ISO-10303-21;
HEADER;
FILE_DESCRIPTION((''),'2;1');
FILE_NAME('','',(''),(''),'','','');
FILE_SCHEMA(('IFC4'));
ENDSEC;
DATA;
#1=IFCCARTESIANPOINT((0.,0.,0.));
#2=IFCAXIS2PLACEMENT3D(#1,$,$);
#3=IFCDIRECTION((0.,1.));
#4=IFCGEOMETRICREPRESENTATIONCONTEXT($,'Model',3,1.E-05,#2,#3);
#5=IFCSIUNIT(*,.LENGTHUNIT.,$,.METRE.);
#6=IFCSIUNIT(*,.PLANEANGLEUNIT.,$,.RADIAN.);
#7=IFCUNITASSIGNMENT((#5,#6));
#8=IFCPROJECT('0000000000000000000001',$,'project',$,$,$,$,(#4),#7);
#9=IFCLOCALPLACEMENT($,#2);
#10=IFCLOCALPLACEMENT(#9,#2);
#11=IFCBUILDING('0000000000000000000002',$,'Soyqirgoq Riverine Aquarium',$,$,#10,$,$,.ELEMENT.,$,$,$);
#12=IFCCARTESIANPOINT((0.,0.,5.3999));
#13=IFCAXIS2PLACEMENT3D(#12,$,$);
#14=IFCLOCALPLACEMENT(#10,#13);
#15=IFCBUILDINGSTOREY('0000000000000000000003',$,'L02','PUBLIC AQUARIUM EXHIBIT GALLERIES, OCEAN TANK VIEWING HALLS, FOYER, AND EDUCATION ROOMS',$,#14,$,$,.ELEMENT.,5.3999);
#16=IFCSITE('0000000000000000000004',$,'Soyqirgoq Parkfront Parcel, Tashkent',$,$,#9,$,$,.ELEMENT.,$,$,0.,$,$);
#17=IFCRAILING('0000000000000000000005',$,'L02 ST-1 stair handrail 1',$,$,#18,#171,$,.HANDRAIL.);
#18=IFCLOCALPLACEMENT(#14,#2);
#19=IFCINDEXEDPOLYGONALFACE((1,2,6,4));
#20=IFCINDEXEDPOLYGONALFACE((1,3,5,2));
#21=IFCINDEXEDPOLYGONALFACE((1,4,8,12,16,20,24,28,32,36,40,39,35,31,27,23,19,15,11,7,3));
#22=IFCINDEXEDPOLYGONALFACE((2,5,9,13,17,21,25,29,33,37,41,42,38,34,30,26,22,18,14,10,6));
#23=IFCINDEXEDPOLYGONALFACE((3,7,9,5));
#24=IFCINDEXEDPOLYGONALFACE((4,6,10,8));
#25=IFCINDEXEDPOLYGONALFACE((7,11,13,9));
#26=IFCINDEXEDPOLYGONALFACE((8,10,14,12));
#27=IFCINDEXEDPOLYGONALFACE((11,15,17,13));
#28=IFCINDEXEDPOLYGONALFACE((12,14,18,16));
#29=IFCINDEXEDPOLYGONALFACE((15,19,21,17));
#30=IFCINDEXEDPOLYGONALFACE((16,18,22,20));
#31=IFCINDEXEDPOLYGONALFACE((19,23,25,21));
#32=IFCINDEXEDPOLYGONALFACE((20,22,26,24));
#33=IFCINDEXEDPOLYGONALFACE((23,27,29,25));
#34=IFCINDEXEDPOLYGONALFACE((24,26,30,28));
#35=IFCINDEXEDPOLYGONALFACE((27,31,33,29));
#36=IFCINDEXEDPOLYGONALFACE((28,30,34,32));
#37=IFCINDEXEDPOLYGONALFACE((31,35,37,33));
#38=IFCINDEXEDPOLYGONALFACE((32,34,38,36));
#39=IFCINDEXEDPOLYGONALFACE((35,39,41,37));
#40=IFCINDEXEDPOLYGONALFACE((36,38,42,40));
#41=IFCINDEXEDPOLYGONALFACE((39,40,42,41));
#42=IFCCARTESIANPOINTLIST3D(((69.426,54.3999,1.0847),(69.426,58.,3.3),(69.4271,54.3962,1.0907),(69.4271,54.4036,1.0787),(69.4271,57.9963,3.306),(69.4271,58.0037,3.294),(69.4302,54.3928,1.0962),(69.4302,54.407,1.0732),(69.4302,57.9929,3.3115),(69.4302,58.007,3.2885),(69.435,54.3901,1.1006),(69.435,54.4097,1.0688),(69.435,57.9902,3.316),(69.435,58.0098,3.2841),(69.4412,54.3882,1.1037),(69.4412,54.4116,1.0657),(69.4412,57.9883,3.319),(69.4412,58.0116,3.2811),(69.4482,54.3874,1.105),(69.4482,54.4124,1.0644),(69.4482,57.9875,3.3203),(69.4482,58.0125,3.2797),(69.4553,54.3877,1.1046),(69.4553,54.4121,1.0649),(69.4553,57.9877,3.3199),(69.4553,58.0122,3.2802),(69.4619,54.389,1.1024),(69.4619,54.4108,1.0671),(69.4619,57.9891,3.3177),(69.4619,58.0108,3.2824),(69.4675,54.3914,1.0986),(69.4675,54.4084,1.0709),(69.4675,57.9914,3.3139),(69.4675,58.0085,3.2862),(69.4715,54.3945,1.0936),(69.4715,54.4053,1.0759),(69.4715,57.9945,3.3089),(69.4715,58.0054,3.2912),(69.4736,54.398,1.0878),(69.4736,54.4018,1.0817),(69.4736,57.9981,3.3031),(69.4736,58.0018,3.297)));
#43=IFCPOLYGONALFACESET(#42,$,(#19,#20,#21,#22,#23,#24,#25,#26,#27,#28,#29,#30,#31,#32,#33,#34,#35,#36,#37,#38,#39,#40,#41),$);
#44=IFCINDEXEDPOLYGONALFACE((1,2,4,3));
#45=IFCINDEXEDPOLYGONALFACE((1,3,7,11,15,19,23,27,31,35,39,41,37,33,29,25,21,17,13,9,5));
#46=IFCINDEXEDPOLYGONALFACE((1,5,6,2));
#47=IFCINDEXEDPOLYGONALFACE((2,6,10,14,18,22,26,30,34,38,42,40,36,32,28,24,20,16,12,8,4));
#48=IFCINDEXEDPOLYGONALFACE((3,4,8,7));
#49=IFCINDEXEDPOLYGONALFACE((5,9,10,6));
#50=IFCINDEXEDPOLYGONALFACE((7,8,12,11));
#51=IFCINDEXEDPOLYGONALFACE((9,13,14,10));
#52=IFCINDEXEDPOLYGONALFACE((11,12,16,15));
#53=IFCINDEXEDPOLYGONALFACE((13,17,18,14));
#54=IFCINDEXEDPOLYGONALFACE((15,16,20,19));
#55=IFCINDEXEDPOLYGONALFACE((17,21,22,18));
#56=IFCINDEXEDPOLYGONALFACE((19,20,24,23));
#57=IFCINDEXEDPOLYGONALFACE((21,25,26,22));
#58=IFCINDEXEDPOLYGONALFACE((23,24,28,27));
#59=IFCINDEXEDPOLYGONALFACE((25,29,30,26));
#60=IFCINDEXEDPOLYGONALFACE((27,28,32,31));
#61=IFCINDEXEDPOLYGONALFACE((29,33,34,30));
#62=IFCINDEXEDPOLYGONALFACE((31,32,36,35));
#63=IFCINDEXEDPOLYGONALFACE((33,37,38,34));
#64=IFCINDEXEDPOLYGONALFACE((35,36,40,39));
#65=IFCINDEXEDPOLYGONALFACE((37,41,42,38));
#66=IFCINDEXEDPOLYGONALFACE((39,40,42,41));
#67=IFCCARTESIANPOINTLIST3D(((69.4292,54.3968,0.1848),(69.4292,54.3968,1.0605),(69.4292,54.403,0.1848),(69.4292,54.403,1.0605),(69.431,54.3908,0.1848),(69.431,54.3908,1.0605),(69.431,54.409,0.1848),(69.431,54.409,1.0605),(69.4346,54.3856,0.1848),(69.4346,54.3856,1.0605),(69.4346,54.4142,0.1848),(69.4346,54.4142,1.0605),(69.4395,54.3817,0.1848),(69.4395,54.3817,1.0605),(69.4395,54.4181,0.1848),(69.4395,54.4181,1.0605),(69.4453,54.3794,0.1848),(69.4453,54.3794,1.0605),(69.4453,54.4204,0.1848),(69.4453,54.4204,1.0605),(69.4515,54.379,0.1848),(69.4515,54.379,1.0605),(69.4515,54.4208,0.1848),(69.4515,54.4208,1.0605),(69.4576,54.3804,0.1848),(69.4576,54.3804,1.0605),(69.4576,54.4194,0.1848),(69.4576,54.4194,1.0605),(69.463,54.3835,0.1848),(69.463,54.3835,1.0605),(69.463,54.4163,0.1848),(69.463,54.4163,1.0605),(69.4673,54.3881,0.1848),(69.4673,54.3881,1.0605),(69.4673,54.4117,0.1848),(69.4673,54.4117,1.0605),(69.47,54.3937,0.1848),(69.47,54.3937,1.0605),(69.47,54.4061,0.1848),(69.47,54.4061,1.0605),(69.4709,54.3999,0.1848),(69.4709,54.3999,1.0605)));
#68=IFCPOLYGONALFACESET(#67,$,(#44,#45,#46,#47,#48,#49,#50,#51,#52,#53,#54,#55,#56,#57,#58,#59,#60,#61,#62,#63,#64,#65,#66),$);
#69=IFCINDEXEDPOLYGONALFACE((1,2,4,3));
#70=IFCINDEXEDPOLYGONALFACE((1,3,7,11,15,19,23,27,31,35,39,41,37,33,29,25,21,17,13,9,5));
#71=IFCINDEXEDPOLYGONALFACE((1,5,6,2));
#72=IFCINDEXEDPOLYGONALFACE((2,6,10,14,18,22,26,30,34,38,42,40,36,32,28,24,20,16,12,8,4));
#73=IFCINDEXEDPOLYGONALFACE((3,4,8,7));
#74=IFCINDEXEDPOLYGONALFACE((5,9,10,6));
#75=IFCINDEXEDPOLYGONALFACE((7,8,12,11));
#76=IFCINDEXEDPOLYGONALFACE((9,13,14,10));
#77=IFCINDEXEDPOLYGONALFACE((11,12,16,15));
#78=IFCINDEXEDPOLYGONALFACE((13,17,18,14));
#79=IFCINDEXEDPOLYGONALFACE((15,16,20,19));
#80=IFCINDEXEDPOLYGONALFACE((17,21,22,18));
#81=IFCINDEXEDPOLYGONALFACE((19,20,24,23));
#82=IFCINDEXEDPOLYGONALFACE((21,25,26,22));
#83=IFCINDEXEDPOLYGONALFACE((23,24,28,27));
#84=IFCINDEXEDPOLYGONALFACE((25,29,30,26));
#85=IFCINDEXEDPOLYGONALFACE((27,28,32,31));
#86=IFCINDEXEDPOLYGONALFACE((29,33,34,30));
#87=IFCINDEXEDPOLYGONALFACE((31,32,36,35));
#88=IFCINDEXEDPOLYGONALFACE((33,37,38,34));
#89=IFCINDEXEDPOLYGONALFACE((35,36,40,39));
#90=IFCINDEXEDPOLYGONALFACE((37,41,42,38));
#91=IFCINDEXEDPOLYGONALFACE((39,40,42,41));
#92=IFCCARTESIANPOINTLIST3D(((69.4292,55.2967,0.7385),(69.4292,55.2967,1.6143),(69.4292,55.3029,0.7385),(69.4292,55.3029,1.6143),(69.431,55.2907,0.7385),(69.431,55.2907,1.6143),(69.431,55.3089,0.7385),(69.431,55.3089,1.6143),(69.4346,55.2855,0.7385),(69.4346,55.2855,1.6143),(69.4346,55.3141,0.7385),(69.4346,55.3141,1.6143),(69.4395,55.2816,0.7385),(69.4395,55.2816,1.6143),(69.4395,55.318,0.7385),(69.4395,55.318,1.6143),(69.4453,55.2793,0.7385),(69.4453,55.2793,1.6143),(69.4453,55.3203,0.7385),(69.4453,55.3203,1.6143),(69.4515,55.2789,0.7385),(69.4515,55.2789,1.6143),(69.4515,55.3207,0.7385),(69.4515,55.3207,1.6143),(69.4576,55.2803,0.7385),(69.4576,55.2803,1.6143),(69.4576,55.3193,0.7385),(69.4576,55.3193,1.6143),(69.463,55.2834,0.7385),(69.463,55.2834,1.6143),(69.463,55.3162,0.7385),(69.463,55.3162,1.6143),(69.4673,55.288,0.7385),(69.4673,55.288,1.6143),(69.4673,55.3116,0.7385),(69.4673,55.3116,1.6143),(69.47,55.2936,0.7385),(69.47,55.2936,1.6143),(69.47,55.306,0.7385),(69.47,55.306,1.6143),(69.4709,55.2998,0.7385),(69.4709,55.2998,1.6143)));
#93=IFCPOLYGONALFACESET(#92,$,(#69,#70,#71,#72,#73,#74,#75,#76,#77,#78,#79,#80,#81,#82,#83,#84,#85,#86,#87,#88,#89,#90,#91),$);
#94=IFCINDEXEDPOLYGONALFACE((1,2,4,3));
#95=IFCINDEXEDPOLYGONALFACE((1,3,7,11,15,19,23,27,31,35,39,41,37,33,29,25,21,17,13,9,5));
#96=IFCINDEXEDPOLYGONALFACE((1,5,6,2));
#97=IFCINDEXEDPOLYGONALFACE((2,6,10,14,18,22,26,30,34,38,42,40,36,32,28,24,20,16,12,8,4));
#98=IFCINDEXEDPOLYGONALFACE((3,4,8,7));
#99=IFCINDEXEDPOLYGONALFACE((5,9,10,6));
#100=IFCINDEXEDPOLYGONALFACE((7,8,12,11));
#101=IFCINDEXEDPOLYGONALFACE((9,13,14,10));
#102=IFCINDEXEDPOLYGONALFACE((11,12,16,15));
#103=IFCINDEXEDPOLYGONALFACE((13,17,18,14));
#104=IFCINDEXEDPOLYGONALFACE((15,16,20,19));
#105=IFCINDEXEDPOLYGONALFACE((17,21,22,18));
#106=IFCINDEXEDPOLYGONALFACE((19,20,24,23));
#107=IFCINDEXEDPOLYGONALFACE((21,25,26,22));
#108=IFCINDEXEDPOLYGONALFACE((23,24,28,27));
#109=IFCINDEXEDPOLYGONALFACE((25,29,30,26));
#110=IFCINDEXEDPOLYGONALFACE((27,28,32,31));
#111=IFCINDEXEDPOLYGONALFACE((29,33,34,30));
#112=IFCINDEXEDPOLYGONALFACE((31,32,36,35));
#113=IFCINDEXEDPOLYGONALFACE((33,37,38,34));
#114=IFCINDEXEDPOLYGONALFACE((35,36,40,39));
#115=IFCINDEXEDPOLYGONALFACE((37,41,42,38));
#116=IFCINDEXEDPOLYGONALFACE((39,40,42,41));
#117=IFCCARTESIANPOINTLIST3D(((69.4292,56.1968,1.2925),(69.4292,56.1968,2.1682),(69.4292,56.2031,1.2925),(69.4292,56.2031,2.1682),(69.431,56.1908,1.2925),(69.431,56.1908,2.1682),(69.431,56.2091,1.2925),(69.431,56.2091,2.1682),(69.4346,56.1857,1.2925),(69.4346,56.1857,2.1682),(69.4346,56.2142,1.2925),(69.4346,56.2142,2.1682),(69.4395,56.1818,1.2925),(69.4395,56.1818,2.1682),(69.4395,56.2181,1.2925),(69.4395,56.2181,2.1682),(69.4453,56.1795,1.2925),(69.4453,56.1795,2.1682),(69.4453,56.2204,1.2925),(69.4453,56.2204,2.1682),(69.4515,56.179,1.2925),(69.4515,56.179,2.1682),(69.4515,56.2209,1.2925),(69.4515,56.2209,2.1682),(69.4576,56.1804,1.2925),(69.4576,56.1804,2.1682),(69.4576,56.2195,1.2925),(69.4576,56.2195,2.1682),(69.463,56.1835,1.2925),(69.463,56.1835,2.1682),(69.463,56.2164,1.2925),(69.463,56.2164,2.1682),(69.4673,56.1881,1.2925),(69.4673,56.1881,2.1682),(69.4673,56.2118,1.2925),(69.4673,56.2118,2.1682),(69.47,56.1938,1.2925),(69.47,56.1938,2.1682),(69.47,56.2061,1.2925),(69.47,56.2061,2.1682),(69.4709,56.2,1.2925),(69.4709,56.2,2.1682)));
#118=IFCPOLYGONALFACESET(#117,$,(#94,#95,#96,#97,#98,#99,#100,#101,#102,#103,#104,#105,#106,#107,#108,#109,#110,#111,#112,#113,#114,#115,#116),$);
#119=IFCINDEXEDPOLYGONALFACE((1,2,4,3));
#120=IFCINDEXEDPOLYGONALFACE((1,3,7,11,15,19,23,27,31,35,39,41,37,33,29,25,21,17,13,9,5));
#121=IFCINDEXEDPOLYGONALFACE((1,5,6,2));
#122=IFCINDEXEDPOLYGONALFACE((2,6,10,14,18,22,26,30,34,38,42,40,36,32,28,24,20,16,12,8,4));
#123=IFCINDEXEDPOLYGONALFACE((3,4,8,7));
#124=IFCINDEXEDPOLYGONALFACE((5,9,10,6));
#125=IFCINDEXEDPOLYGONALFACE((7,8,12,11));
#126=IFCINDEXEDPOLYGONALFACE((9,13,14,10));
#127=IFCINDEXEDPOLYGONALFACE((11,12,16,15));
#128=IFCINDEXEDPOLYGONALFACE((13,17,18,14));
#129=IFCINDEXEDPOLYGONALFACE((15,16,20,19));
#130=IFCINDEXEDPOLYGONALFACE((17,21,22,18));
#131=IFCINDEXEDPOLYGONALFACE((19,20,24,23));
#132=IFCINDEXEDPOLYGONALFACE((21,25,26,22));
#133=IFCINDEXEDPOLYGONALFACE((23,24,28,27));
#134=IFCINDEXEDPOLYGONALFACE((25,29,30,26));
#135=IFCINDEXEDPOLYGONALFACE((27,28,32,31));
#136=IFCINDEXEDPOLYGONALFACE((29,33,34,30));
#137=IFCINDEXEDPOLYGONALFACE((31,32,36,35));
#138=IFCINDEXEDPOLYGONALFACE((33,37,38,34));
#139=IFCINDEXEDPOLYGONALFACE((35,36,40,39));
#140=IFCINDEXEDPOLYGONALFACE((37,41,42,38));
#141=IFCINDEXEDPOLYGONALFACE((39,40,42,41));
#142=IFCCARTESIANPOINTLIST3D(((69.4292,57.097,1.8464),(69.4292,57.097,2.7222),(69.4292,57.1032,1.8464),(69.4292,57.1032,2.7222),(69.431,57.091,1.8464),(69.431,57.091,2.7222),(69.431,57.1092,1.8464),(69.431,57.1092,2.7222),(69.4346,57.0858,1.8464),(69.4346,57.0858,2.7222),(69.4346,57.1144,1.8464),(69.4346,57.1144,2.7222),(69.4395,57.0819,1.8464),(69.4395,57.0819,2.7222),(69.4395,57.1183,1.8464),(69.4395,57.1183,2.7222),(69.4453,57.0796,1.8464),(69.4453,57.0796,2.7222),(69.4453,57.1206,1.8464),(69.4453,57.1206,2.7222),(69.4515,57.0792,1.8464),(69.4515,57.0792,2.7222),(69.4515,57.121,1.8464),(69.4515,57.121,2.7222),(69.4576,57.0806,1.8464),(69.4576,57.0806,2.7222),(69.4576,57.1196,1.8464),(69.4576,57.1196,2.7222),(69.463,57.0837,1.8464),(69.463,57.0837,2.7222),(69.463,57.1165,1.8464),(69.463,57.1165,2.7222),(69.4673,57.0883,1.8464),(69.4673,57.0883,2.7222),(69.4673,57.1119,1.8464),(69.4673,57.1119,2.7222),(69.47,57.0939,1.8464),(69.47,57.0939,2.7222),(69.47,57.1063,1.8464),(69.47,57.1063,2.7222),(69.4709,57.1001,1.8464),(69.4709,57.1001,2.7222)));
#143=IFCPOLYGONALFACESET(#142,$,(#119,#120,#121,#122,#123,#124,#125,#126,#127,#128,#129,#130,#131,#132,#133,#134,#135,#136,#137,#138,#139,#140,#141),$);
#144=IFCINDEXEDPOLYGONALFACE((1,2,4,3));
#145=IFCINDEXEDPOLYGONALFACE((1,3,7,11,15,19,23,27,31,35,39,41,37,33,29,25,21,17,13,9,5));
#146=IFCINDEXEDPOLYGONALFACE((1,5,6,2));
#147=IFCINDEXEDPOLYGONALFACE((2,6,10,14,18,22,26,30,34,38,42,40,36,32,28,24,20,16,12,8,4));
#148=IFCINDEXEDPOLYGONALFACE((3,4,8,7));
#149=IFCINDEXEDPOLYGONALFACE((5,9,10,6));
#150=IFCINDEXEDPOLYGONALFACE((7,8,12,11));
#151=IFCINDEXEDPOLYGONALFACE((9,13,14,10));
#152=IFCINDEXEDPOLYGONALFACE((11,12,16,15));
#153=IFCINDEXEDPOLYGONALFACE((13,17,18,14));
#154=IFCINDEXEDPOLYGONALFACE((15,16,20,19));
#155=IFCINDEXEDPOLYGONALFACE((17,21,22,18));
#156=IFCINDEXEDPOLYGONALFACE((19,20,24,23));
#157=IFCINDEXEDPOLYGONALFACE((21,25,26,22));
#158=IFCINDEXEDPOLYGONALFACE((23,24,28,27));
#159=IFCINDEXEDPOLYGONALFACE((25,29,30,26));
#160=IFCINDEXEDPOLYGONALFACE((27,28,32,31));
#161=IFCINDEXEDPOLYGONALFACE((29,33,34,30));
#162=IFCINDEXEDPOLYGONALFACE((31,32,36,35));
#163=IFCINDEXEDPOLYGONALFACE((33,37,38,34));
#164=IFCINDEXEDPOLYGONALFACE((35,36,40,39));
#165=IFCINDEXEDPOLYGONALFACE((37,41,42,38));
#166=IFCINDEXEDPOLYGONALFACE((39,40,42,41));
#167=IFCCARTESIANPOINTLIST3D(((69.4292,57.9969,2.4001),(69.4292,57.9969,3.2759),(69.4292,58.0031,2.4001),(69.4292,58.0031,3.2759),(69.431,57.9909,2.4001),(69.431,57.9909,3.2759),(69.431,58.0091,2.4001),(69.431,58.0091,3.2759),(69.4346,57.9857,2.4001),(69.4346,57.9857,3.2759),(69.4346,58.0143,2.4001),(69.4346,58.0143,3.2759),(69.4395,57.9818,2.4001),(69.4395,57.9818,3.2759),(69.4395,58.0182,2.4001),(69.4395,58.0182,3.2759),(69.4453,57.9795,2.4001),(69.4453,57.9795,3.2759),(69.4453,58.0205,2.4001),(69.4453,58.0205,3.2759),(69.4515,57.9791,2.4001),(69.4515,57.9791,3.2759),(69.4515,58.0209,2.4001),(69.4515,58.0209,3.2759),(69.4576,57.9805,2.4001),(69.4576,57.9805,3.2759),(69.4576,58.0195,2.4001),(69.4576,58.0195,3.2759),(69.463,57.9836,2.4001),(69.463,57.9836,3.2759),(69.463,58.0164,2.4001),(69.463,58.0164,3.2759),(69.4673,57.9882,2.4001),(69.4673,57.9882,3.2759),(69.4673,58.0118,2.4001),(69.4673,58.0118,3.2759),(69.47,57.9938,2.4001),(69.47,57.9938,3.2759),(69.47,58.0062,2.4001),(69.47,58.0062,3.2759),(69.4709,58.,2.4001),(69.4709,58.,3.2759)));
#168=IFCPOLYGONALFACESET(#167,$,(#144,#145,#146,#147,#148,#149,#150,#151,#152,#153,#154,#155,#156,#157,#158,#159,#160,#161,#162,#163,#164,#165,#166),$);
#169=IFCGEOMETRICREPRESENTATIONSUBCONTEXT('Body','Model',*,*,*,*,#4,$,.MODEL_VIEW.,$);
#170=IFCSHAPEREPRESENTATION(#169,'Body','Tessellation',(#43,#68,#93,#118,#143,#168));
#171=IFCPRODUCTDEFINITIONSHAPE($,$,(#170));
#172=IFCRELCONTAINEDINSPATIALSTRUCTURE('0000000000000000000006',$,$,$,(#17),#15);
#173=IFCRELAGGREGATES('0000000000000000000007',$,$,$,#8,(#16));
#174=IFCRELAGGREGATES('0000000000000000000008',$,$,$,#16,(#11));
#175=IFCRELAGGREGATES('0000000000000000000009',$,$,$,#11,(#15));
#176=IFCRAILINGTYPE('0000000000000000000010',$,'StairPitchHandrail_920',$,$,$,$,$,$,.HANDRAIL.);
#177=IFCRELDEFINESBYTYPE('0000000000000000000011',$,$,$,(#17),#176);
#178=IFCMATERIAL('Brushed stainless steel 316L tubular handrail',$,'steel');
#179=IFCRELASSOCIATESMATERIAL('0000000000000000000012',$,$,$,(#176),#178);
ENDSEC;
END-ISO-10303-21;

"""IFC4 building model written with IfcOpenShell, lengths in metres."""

from ifc_helpers import new_model, si_unit, direction, frame, origin, origin_2d, place, context, subcontext, project, spatial, circle, extrude, material, type_object, element, save


model = new_model("IFC4")

# Units and contexts
model_context = context("Model", 3, precision=1e-05, world=origin(), true_north=direction((0.0, 1.0)))
body_context = subcontext(model_context, "Body", "Model", "MODEL_VIEW")
ifc_project = project(units=[si_unit("LENGTHUNIT", "METRE"), si_unit("PLANEANGLEUNIT", "RADIAN")], contexts=[model_context])

# Site, building, storey
site_placement = place(None, origin())
site = spatial("IfcSite", under=ifc_project, at=site_placement, Name="Soyqirgoq Parkfront Parcel, Tashkent", CompositionType="ELEMENT", RefElevation=0.0)
building_placement = place(site_placement, origin())
building = spatial("IfcBuilding", under=site, at=building_placement, Name="Soyqirgoq Riverine Aquarium", CompositionType="ELEMENT")
storey_placement = place(building_placement, frame((0.0, 0.0, 5.3999)))
storey = spatial("IfcBuildingStorey", under=building, at=storey_placement, Name="L02", Description="PUBLIC AQUARIUM EXHIBIT GALLERIES, OCEAN TANK VIEWING HALLS, FOYER, AND EDUCATION ROOMS", CompositionType="ELEMENT", Elevation=5.3999)

# Railing
ifc_material_1 = material(Name="Brushed stainless steel 316L tubular handrail", Category="steel")
railing_type_1 = type_object("IfcRailingType", Name="StairPitchHandrail_920", PredefinedType="HANDRAIL", material=ifc_material_1)
railing_1_placement = place(storey_placement, frame((69.45, 54.3999, 0.1848)))
element("IfcRailing", 1, at=railing_1_placement, inside=storey, type_object=railing_type_1, Name="L02 ST-1 stair handrail 1", PredefinedType="HANDRAIL", context=body_context, shape_type="SweptSolid", body=[
    extrude(circle(Radius=0.0239, at=origin_2d()), frame((0.0, 0.0, 0.8999), z_axis=(0.0, 0.85167, 0.524078), x_axis=(-1.0, 0.0, 0.0)), (0.0, 0.0, 1.0), 4.2271),
    extrude(circle(Radius=0.021, at=origin_2d()), origin(), (0.0, 0.0, 1.0), 0.8757),
    extrude(circle(Radius=0.021, at=origin_2d()), frame((0.0, 0.8999, 0.5537)), (0.0, 0.0, 1.0), 0.8757),
    extrude(circle(Radius=0.021, at=origin_2d()), frame((0.0, 1.8, 1.1077)), (0.0, 0.0, 1.0), 0.8757),
    extrude(circle(Radius=0.021, at=origin_2d()), frame((0.0, 2.7002, 1.6616)), (0.0, 0.0, 1.0), 0.8757),
    extrude(circle(Radius=0.021, at=origin_2d()), frame((0.0, 3.6001, 2.2153)), (0.0, 0.0, 1.0), 0.8757),
])

save(model, "model.ifc")
